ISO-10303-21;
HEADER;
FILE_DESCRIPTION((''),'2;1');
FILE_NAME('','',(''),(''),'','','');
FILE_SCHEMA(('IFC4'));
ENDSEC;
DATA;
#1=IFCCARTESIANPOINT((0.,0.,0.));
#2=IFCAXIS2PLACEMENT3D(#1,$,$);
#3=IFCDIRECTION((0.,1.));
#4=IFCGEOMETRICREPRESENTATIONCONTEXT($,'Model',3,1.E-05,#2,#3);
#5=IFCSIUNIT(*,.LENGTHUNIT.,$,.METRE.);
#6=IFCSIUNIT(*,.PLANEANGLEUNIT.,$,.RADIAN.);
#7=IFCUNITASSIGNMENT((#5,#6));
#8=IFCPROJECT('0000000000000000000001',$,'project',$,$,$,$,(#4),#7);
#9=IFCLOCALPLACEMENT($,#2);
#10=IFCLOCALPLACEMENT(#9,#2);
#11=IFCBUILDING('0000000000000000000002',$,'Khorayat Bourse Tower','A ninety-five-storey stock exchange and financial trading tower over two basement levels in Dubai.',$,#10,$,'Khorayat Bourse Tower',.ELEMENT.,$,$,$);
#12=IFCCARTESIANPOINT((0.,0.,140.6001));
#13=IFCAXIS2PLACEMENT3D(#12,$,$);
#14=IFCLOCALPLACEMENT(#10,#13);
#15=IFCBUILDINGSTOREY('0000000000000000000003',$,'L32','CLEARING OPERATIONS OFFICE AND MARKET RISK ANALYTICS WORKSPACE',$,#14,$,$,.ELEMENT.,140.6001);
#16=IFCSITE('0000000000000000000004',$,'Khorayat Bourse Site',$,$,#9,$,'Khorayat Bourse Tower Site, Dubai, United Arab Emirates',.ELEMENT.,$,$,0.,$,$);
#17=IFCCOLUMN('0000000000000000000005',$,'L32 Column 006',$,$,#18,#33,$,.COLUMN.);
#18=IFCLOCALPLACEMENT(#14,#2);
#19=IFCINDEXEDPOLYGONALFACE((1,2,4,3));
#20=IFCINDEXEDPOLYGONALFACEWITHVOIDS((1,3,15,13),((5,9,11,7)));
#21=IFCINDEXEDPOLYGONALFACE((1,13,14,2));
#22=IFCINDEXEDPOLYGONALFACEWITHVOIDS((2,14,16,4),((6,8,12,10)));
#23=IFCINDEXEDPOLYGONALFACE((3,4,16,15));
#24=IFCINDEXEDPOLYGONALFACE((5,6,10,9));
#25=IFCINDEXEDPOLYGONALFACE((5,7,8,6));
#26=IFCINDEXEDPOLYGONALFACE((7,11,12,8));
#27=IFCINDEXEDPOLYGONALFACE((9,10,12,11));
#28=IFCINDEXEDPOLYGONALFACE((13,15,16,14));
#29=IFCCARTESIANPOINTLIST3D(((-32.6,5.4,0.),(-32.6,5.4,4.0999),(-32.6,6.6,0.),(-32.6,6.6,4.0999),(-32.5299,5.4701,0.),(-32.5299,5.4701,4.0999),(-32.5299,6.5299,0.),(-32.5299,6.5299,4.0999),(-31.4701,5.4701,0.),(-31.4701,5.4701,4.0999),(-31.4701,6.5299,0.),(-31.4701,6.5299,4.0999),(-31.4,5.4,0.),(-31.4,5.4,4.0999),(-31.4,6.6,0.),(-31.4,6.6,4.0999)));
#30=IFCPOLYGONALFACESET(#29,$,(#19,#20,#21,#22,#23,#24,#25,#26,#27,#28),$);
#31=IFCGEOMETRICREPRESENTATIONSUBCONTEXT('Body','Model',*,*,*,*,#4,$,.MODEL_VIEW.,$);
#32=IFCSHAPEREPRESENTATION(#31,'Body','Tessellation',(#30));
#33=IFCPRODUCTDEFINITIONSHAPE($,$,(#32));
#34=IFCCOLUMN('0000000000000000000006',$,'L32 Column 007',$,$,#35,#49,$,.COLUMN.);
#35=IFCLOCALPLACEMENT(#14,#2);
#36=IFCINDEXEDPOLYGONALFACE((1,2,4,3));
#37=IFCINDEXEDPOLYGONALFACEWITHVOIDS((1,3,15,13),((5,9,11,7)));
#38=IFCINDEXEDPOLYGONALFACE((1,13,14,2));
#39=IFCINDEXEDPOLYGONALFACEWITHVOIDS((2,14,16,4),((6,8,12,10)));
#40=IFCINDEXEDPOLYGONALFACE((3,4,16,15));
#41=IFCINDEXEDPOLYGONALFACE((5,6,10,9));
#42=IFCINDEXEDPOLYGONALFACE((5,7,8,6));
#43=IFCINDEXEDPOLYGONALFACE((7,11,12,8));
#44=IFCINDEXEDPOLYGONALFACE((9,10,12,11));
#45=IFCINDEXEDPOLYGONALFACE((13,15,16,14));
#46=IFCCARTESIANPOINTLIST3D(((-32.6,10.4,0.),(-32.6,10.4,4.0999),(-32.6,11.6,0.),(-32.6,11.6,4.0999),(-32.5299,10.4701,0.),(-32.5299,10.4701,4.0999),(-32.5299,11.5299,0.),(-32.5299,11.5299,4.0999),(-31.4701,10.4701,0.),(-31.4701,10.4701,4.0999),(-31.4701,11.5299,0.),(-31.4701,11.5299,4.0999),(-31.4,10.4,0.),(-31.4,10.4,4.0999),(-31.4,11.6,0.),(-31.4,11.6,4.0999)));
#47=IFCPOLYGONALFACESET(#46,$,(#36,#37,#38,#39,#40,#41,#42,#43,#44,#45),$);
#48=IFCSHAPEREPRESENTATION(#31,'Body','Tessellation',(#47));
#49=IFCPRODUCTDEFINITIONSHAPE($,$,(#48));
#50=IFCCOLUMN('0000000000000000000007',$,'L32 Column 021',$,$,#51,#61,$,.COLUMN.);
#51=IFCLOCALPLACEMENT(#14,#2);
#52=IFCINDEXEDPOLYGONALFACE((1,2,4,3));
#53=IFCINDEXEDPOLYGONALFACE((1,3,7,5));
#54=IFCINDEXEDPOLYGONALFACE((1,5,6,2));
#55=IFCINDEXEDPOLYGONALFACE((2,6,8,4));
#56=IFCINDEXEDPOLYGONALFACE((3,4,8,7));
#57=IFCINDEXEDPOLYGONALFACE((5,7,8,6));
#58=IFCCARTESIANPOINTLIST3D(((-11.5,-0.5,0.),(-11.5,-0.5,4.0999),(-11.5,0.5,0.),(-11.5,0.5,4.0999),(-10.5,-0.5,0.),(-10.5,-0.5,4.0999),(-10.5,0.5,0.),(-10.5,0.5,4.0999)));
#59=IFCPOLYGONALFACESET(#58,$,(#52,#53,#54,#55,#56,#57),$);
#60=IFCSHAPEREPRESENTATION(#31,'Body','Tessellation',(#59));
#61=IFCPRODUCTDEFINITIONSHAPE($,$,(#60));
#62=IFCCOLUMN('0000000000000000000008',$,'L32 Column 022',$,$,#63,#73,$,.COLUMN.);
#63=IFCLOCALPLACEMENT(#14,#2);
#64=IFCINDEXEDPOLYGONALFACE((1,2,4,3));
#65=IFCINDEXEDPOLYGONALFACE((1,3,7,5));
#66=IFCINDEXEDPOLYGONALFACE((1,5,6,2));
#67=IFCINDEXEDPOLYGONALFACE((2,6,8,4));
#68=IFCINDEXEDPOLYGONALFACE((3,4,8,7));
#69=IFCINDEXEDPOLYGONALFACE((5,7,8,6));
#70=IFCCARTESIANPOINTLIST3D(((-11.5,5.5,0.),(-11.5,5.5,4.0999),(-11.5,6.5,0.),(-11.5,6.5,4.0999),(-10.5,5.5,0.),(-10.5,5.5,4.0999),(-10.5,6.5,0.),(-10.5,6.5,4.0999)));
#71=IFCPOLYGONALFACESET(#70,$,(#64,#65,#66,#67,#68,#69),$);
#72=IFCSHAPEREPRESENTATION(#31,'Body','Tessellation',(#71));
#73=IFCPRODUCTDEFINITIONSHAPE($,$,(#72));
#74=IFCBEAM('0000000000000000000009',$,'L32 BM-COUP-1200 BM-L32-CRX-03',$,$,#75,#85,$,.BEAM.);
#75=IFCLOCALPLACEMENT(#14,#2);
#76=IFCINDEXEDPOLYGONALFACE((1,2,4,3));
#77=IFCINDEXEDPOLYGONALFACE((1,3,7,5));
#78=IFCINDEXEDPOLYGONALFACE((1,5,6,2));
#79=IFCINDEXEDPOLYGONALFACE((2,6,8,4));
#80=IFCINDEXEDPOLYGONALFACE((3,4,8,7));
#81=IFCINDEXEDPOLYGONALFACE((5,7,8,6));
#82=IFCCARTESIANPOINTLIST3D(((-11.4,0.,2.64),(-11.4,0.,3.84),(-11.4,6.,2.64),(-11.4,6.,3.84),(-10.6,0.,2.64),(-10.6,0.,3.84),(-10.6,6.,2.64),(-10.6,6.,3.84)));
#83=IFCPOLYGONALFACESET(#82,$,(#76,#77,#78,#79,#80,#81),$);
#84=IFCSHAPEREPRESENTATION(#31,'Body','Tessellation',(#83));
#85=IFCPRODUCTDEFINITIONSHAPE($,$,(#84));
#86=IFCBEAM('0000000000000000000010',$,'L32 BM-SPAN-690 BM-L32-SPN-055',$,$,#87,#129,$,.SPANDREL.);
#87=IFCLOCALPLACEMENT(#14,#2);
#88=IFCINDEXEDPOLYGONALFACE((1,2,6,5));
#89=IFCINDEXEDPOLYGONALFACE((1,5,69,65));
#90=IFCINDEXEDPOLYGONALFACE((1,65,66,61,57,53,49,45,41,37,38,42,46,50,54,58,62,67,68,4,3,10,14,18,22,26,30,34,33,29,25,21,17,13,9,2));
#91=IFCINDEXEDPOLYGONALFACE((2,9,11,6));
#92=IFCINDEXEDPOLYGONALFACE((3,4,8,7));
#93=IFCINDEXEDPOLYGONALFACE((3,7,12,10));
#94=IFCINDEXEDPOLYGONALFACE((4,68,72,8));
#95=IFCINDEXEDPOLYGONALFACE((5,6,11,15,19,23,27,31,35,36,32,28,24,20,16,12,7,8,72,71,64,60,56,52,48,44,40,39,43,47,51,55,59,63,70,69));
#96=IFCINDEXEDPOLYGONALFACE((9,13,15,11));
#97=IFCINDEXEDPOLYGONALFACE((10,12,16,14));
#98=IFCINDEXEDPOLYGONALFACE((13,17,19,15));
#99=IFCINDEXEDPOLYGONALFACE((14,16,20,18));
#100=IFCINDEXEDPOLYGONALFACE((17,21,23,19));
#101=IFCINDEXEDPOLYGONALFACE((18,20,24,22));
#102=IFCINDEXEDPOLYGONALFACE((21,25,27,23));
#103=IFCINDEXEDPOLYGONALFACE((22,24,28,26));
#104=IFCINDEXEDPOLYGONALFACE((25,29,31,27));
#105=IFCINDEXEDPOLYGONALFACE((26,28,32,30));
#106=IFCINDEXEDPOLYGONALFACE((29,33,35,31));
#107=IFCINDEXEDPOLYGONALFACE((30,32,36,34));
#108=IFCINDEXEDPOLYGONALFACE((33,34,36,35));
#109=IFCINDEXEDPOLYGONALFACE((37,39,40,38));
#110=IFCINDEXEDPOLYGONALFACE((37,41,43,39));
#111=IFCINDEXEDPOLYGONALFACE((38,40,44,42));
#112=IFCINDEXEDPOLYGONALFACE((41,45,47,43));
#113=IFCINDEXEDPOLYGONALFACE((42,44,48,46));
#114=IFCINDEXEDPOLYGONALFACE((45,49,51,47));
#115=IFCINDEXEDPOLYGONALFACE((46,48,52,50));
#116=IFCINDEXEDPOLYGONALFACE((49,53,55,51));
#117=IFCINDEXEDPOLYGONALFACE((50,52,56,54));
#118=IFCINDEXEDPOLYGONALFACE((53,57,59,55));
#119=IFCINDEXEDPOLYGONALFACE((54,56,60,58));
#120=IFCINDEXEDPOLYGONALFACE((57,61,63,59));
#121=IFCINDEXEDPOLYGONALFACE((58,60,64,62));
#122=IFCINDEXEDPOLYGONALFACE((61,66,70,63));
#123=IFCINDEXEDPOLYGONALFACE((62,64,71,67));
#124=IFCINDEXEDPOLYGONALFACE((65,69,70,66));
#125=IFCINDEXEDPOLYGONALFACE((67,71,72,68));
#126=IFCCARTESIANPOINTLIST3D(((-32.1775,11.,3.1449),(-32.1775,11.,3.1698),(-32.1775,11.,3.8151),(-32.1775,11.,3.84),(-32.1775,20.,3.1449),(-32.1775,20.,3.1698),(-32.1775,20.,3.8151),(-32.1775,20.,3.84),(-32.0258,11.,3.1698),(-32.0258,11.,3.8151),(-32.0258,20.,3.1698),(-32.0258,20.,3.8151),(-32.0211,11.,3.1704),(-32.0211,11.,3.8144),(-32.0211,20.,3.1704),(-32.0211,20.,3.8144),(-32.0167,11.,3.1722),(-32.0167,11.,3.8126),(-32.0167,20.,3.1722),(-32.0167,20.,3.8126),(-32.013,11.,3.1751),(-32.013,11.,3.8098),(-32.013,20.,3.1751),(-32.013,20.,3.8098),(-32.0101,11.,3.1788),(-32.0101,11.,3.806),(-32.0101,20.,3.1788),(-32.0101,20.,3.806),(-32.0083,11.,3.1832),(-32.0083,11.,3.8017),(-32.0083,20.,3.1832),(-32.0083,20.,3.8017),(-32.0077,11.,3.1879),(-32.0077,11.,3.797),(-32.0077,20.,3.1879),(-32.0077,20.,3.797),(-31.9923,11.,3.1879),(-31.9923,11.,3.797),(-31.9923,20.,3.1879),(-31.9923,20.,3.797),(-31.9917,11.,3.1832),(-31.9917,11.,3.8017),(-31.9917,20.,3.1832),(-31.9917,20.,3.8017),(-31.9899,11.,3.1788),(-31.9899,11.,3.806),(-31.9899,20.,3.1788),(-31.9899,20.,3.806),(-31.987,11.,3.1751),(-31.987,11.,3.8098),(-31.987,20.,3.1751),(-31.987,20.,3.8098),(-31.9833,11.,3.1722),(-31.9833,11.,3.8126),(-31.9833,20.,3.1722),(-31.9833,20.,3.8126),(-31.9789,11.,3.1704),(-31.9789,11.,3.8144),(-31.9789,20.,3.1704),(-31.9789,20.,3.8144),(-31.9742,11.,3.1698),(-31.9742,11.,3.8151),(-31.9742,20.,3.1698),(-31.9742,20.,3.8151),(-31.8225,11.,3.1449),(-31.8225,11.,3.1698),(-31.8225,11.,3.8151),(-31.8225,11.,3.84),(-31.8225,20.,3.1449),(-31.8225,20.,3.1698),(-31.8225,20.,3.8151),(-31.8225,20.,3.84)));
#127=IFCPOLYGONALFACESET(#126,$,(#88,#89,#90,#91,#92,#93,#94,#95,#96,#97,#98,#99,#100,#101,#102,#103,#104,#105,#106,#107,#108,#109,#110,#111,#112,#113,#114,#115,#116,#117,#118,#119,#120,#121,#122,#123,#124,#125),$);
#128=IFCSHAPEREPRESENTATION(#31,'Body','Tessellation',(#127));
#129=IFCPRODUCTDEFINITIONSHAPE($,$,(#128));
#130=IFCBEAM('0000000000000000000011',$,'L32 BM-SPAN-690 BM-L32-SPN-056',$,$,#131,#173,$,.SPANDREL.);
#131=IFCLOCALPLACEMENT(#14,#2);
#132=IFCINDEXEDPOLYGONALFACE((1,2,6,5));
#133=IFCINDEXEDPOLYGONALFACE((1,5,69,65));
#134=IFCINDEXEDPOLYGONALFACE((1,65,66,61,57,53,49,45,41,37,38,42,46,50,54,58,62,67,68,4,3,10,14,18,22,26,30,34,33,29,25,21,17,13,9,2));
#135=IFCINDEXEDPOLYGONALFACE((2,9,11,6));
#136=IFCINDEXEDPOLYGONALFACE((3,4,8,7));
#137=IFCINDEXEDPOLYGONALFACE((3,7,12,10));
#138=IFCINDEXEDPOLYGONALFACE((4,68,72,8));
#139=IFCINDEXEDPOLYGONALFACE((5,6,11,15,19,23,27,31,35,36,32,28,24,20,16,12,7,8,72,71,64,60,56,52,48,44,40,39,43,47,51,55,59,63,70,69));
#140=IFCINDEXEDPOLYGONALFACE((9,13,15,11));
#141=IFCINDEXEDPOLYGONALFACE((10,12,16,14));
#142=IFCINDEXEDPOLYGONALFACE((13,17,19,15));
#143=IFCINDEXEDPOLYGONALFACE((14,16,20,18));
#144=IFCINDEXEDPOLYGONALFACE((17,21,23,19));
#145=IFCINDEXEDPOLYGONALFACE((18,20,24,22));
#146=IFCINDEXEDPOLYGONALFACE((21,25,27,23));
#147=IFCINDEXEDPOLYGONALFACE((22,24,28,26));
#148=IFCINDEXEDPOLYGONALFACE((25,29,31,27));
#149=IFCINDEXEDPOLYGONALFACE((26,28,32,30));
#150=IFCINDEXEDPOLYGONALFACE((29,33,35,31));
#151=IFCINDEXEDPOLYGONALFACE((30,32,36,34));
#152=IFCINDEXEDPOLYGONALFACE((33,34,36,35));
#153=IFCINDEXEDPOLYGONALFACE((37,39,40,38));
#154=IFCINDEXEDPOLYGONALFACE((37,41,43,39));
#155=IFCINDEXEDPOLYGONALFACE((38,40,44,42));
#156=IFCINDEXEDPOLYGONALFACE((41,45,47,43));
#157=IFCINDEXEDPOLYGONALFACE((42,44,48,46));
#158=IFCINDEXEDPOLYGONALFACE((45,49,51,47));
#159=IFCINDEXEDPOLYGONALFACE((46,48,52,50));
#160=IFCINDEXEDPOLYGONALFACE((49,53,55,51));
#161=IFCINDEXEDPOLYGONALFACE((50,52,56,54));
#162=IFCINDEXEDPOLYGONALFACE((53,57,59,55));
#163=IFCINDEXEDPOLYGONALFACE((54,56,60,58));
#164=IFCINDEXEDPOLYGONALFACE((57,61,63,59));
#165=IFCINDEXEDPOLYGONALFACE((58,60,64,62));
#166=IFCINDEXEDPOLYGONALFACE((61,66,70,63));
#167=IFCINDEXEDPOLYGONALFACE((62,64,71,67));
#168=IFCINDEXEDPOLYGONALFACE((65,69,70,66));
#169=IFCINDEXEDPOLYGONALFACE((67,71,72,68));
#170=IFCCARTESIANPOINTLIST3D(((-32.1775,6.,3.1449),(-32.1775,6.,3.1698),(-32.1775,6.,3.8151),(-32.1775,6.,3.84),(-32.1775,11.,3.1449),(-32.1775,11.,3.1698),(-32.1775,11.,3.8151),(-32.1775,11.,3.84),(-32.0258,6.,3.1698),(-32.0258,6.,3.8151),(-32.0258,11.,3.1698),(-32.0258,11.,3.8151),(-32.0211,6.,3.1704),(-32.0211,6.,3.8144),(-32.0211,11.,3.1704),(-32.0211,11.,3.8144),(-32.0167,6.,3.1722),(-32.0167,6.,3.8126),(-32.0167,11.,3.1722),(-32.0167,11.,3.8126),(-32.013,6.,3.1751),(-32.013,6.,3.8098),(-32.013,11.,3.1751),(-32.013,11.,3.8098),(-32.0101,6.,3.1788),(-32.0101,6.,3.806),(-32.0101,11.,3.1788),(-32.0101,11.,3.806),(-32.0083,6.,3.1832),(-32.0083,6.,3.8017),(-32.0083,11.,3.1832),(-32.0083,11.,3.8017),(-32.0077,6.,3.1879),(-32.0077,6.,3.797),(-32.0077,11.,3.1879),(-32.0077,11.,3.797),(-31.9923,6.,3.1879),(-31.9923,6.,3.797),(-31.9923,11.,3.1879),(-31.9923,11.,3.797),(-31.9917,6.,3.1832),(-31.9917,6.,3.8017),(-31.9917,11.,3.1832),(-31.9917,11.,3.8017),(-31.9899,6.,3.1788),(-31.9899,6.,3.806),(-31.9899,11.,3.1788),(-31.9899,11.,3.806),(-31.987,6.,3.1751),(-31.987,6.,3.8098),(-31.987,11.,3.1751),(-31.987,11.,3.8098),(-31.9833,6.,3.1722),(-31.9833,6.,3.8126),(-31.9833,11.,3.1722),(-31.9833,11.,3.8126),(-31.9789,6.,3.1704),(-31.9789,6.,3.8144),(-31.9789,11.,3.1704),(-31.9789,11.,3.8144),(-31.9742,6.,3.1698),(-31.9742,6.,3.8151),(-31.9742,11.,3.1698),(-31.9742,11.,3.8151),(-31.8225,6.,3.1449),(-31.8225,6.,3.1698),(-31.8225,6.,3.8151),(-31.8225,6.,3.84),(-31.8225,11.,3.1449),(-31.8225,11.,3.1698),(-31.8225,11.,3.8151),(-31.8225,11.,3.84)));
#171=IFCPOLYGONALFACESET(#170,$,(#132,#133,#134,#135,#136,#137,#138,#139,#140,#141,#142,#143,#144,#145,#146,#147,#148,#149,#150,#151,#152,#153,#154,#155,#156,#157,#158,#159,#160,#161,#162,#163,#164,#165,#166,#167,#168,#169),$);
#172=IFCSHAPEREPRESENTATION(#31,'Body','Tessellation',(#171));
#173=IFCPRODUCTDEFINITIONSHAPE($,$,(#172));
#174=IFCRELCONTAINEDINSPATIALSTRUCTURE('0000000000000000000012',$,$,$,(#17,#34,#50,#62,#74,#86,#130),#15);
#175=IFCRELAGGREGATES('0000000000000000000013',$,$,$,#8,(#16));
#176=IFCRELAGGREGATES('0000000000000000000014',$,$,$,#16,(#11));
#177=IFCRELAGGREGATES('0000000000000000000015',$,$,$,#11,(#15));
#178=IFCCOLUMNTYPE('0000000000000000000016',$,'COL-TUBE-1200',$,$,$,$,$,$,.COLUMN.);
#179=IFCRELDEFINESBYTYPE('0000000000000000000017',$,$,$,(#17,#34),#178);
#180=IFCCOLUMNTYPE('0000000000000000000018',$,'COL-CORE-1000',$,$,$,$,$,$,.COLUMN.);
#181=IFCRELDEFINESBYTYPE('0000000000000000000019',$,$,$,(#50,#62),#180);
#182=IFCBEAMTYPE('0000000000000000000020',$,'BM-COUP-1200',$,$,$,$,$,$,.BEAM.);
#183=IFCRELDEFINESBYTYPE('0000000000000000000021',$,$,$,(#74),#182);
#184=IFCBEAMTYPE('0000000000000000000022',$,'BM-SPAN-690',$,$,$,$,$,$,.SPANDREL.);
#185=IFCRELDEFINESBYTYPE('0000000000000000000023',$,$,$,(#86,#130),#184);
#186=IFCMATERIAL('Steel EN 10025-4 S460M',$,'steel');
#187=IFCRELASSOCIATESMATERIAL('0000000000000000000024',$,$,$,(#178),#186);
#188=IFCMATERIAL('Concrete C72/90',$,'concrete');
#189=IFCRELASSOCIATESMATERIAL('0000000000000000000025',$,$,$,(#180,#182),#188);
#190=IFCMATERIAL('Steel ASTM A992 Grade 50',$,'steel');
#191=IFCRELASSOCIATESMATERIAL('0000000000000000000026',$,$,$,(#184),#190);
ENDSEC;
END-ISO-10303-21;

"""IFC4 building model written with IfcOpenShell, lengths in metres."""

from ifc_helpers import new_model, si_unit, direction, frame, origin, origin_2d, place, context, subcontext, project, spatial, rectangle, hollow_rectangle, i_section, extrude, source, transform, mapped, material, material_profile, profile_set, type_object, element, save


model = new_model("IFC4")

# Units and contexts
model_context = context("Model", 3, precision=1e-05, world=origin(), true_north=direction((0.0, 1.0)))
body_context = subcontext(model_context, "Body", "Model", "MODEL_VIEW")
ifc_project = project(units=[si_unit("LENGTHUNIT", "METRE"), si_unit("PLANEANGLEUNIT", "RADIAN")], contexts=[model_context])

# Site, building, storey
site_placement = place(None, origin())
site = spatial("IfcSite", under=ifc_project, at=site_placement, Name="Khorayat Bourse Site", LongName="Khorayat Bourse Tower Site, Dubai, United Arab Emirates", CompositionType="ELEMENT", RefElevation=0.0)
building_placement = place(site_placement, origin())
building = spatial("IfcBuilding", under=site, at=building_placement, Name="Khorayat Bourse Tower", Description="A ninety-five-storey stock exchange and financial trading tower over two basement levels in Dubai.", LongName="Khorayat Bourse Tower", CompositionType="ELEMENT")
storey_placement = place(building_placement, frame((0.0, 0.0, 140.6001)))
storey = spatial("IfcBuildingStorey", under=building, at=storey_placement, Name="L32", Description="CLEARING OPERATIONS OFFICE AND MARKET RISK ANALYTICS WORKSPACE", CompositionType="ELEMENT", Elevation=140.6001)

# Columns
ifc_material_1 = material(Name="Steel EN 10025-4 S460M", Category="steel")
ifc_material_profile_1 = material_profile(ifc_material_1, hollow_rectangle(XDim=1.2, YDim=1.2, WallThickness=0.0701, at=origin_2d()), Name="BOX 1200x1200x70")
ifc_profile_set_1 = profile_set([ifc_material_profile_1], Name="Steel EN 10025-4 S460M")
column_type_1 = type_object("IfcColumnType", Name="COL-TUBE-1200", PredefinedType="COLUMN", material=ifc_profile_set_1)
shared_shape_1 = source(origin(), body_context, "Body", "SweptSolid", [
    extrude(hollow_rectangle(XDim=1.2, YDim=1.2, WallThickness=0.0701, at=origin_2d()), origin(), (0.0, 0.0, 1.0), 4.0999),
])
for number, where, z_axis, x_axis, name in (
    (1, (-32.0, 6.0, 0.0), (0.0, 0.0, 1.0), (1.0, 0.0, 0.0), "L32 Column 006"),
    (2, (-32.0, 11.0, 0.0), (0.0, 0.0, 1.0), (1.0, 0.0, 0.0), "L32 Column 007"),
):
    element("IfcColumn", number, at=place(storey_placement, frame(where, z_axis=z_axis, x_axis=x_axis)), inside=storey, type_object=column_type_1, Name=name, PredefinedType="COLUMN", context=body_context, shape_type="MappedRepresentation", body=[
        mapped(shared_shape_1, transform((0.0, 0.0, 0.0), scale=1.0)),
    ])
ifc_material_2 = material(Name="Concrete C72/90", Category="concrete")
ifc_material_profile_2 = material_profile(ifc_material_2, rectangle(XDim=1.0, YDim=1.0, at=origin_2d()), Name="RC 1000x1000")
ifc_profile_set_2 = profile_set([ifc_material_profile_2], Name="Concrete C72/90")
column_type_2 = type_object("IfcColumnType", Name="COL-CORE-1000", PredefinedType="COLUMN", material=ifc_profile_set_2)
shared_shape_2 = source(origin(), body_context, "Body", "SweptSolid", [
    extrude(rectangle(XDim=1.0, YDim=1.0, at=origin_2d()), origin(), (0.0, 0.0, 1.0), 4.0999),
])
for number, where, z_axis, x_axis, name in (
    (3, (-11.0, 0.0, 0.0), (0.0, 0.0, 1.0), (1.0, 0.0, 0.0), "L32 Column 021"),
    (4, (-11.0, 6.0, 0.0), (0.0, 0.0, 1.0), (1.0, 0.0, 0.0), "L32 Column 022"),
):
    element("IfcColumn", number, at=place(storey_placement, frame(where, z_axis=z_axis, x_axis=x_axis)), inside=storey, type_object=column_type_2, Name=name, PredefinedType="COLUMN", context=body_context, shape_type="MappedRepresentation", body=[
        mapped(shared_shape_2, transform((0.0, 0.0, 0.0), scale=1.0)),
    ])

# Beams
ifc_material_profile_3 = material_profile(ifc_material_2, rectangle(XDim=0.8, YDim=1.2, at=origin_2d()), Name="RC 800x1200")
ifc_profile_set_3 = profile_set([ifc_material_profile_3], Name="Concrete C72/90")
beam_type_1 = type_object("IfcBeamType", Name="BM-COUP-1200", PredefinedType="BEAM", material=ifc_profile_set_3)
shared_shape_3 = source(origin(), body_context, "Body", "SweptSolid", [
    extrude(rectangle(XDim=0.8, YDim=1.2, at=origin_2d()), origin(), (0.0, 0.0, 1.0), 6.0),
])
beam_1_placement = place(storey_placement, frame((-11.0, 0.0, 3.24), z_axis=(0.0, 1.0, 0.0), x_axis=(-1.0, 0.0, 0.0)))
element("IfcBeam", 5, at=beam_1_placement, inside=storey, type_object=beam_type_1, Name="L32 BM-COUP-1200 BM-L32-CRX-03", PredefinedType="BEAM", context=body_context, shape_type="MappedRepresentation", body=[
    mapped(shared_shape_3, transform((0.0, 0.0, 0.0), scale=1.0)),
])
ifc_material_3 = material(Name="Steel ASTM A992 Grade 50", Category="steel")
ifc_material_profile_4 = material_profile(ifc_material_3, i_section(OverallWidth=0.355, OverallDepth=0.6951, WebThickness=0.0154, FlangeThickness=0.0249, FilletRadius=0.0181, at=origin_2d()), Name="W690X217")
ifc_profile_set_4 = profile_set([ifc_material_profile_4], Name="Steel ASTM A992 Grade 50")
beam_type_2 = type_object("IfcBeamType", Name="BM-SPAN-690", PredefinedType="SPANDREL", material=ifc_profile_set_4)
shared_shape_4 = source(origin(), body_context, "Body", "SweptSolid", [
    extrude(i_section(OverallWidth=0.355, OverallDepth=0.6951, WebThickness=0.0154, FlangeThickness=0.0249, FilletRadius=0.0181, at=origin_2d()), origin(), (0.0, 0.0, 1.0), 9.0),
])
beam_2_placement = place(storey_placement, frame((-32.0, 11.0, 3.4924), z_axis=(0.0, 1.0, 0.0), x_axis=(-1.0, 0.0, 0.0)))
element("IfcBeam", 6, at=beam_2_placement, inside=storey, type_object=beam_type_2, Name="L32 BM-SPAN-690 BM-L32-SPN-055", PredefinedType="SPANDREL", context=body_context, shape_type="MappedRepresentation", body=[
    mapped(shared_shape_4, transform((0.0, 0.0, 0.0), scale=1.0)),
])
shared_shape_5 = source(origin(), body_context, "Body", "SweptSolid", [
    extrude(i_section(OverallWidth=0.355, OverallDepth=0.6951, WebThickness=0.0154, FlangeThickness=0.0249, FilletRadius=0.0181, at=origin_2d()), origin(), (0.0, 0.0, 1.0), 5.0),
])
beam_3_placement = place(storey_placement, frame((-32.0, 6.0, 3.4924), z_axis=(0.0, 1.0, 0.0), x_axis=(-1.0, 0.0, 0.0)))
element("IfcBeam", 7, at=beam_3_placement, inside=storey, type_object=beam_type_2, Name="L32 BM-SPAN-690 BM-L32-SPN-056", PredefinedType="SPANDREL", context=body_context, shape_type="MappedRepresentation", body=[
    mapped(shared_shape_5, transform((0.0, 0.0, 0.0), scale=1.0)),
])

save(model, "model.ifc")
